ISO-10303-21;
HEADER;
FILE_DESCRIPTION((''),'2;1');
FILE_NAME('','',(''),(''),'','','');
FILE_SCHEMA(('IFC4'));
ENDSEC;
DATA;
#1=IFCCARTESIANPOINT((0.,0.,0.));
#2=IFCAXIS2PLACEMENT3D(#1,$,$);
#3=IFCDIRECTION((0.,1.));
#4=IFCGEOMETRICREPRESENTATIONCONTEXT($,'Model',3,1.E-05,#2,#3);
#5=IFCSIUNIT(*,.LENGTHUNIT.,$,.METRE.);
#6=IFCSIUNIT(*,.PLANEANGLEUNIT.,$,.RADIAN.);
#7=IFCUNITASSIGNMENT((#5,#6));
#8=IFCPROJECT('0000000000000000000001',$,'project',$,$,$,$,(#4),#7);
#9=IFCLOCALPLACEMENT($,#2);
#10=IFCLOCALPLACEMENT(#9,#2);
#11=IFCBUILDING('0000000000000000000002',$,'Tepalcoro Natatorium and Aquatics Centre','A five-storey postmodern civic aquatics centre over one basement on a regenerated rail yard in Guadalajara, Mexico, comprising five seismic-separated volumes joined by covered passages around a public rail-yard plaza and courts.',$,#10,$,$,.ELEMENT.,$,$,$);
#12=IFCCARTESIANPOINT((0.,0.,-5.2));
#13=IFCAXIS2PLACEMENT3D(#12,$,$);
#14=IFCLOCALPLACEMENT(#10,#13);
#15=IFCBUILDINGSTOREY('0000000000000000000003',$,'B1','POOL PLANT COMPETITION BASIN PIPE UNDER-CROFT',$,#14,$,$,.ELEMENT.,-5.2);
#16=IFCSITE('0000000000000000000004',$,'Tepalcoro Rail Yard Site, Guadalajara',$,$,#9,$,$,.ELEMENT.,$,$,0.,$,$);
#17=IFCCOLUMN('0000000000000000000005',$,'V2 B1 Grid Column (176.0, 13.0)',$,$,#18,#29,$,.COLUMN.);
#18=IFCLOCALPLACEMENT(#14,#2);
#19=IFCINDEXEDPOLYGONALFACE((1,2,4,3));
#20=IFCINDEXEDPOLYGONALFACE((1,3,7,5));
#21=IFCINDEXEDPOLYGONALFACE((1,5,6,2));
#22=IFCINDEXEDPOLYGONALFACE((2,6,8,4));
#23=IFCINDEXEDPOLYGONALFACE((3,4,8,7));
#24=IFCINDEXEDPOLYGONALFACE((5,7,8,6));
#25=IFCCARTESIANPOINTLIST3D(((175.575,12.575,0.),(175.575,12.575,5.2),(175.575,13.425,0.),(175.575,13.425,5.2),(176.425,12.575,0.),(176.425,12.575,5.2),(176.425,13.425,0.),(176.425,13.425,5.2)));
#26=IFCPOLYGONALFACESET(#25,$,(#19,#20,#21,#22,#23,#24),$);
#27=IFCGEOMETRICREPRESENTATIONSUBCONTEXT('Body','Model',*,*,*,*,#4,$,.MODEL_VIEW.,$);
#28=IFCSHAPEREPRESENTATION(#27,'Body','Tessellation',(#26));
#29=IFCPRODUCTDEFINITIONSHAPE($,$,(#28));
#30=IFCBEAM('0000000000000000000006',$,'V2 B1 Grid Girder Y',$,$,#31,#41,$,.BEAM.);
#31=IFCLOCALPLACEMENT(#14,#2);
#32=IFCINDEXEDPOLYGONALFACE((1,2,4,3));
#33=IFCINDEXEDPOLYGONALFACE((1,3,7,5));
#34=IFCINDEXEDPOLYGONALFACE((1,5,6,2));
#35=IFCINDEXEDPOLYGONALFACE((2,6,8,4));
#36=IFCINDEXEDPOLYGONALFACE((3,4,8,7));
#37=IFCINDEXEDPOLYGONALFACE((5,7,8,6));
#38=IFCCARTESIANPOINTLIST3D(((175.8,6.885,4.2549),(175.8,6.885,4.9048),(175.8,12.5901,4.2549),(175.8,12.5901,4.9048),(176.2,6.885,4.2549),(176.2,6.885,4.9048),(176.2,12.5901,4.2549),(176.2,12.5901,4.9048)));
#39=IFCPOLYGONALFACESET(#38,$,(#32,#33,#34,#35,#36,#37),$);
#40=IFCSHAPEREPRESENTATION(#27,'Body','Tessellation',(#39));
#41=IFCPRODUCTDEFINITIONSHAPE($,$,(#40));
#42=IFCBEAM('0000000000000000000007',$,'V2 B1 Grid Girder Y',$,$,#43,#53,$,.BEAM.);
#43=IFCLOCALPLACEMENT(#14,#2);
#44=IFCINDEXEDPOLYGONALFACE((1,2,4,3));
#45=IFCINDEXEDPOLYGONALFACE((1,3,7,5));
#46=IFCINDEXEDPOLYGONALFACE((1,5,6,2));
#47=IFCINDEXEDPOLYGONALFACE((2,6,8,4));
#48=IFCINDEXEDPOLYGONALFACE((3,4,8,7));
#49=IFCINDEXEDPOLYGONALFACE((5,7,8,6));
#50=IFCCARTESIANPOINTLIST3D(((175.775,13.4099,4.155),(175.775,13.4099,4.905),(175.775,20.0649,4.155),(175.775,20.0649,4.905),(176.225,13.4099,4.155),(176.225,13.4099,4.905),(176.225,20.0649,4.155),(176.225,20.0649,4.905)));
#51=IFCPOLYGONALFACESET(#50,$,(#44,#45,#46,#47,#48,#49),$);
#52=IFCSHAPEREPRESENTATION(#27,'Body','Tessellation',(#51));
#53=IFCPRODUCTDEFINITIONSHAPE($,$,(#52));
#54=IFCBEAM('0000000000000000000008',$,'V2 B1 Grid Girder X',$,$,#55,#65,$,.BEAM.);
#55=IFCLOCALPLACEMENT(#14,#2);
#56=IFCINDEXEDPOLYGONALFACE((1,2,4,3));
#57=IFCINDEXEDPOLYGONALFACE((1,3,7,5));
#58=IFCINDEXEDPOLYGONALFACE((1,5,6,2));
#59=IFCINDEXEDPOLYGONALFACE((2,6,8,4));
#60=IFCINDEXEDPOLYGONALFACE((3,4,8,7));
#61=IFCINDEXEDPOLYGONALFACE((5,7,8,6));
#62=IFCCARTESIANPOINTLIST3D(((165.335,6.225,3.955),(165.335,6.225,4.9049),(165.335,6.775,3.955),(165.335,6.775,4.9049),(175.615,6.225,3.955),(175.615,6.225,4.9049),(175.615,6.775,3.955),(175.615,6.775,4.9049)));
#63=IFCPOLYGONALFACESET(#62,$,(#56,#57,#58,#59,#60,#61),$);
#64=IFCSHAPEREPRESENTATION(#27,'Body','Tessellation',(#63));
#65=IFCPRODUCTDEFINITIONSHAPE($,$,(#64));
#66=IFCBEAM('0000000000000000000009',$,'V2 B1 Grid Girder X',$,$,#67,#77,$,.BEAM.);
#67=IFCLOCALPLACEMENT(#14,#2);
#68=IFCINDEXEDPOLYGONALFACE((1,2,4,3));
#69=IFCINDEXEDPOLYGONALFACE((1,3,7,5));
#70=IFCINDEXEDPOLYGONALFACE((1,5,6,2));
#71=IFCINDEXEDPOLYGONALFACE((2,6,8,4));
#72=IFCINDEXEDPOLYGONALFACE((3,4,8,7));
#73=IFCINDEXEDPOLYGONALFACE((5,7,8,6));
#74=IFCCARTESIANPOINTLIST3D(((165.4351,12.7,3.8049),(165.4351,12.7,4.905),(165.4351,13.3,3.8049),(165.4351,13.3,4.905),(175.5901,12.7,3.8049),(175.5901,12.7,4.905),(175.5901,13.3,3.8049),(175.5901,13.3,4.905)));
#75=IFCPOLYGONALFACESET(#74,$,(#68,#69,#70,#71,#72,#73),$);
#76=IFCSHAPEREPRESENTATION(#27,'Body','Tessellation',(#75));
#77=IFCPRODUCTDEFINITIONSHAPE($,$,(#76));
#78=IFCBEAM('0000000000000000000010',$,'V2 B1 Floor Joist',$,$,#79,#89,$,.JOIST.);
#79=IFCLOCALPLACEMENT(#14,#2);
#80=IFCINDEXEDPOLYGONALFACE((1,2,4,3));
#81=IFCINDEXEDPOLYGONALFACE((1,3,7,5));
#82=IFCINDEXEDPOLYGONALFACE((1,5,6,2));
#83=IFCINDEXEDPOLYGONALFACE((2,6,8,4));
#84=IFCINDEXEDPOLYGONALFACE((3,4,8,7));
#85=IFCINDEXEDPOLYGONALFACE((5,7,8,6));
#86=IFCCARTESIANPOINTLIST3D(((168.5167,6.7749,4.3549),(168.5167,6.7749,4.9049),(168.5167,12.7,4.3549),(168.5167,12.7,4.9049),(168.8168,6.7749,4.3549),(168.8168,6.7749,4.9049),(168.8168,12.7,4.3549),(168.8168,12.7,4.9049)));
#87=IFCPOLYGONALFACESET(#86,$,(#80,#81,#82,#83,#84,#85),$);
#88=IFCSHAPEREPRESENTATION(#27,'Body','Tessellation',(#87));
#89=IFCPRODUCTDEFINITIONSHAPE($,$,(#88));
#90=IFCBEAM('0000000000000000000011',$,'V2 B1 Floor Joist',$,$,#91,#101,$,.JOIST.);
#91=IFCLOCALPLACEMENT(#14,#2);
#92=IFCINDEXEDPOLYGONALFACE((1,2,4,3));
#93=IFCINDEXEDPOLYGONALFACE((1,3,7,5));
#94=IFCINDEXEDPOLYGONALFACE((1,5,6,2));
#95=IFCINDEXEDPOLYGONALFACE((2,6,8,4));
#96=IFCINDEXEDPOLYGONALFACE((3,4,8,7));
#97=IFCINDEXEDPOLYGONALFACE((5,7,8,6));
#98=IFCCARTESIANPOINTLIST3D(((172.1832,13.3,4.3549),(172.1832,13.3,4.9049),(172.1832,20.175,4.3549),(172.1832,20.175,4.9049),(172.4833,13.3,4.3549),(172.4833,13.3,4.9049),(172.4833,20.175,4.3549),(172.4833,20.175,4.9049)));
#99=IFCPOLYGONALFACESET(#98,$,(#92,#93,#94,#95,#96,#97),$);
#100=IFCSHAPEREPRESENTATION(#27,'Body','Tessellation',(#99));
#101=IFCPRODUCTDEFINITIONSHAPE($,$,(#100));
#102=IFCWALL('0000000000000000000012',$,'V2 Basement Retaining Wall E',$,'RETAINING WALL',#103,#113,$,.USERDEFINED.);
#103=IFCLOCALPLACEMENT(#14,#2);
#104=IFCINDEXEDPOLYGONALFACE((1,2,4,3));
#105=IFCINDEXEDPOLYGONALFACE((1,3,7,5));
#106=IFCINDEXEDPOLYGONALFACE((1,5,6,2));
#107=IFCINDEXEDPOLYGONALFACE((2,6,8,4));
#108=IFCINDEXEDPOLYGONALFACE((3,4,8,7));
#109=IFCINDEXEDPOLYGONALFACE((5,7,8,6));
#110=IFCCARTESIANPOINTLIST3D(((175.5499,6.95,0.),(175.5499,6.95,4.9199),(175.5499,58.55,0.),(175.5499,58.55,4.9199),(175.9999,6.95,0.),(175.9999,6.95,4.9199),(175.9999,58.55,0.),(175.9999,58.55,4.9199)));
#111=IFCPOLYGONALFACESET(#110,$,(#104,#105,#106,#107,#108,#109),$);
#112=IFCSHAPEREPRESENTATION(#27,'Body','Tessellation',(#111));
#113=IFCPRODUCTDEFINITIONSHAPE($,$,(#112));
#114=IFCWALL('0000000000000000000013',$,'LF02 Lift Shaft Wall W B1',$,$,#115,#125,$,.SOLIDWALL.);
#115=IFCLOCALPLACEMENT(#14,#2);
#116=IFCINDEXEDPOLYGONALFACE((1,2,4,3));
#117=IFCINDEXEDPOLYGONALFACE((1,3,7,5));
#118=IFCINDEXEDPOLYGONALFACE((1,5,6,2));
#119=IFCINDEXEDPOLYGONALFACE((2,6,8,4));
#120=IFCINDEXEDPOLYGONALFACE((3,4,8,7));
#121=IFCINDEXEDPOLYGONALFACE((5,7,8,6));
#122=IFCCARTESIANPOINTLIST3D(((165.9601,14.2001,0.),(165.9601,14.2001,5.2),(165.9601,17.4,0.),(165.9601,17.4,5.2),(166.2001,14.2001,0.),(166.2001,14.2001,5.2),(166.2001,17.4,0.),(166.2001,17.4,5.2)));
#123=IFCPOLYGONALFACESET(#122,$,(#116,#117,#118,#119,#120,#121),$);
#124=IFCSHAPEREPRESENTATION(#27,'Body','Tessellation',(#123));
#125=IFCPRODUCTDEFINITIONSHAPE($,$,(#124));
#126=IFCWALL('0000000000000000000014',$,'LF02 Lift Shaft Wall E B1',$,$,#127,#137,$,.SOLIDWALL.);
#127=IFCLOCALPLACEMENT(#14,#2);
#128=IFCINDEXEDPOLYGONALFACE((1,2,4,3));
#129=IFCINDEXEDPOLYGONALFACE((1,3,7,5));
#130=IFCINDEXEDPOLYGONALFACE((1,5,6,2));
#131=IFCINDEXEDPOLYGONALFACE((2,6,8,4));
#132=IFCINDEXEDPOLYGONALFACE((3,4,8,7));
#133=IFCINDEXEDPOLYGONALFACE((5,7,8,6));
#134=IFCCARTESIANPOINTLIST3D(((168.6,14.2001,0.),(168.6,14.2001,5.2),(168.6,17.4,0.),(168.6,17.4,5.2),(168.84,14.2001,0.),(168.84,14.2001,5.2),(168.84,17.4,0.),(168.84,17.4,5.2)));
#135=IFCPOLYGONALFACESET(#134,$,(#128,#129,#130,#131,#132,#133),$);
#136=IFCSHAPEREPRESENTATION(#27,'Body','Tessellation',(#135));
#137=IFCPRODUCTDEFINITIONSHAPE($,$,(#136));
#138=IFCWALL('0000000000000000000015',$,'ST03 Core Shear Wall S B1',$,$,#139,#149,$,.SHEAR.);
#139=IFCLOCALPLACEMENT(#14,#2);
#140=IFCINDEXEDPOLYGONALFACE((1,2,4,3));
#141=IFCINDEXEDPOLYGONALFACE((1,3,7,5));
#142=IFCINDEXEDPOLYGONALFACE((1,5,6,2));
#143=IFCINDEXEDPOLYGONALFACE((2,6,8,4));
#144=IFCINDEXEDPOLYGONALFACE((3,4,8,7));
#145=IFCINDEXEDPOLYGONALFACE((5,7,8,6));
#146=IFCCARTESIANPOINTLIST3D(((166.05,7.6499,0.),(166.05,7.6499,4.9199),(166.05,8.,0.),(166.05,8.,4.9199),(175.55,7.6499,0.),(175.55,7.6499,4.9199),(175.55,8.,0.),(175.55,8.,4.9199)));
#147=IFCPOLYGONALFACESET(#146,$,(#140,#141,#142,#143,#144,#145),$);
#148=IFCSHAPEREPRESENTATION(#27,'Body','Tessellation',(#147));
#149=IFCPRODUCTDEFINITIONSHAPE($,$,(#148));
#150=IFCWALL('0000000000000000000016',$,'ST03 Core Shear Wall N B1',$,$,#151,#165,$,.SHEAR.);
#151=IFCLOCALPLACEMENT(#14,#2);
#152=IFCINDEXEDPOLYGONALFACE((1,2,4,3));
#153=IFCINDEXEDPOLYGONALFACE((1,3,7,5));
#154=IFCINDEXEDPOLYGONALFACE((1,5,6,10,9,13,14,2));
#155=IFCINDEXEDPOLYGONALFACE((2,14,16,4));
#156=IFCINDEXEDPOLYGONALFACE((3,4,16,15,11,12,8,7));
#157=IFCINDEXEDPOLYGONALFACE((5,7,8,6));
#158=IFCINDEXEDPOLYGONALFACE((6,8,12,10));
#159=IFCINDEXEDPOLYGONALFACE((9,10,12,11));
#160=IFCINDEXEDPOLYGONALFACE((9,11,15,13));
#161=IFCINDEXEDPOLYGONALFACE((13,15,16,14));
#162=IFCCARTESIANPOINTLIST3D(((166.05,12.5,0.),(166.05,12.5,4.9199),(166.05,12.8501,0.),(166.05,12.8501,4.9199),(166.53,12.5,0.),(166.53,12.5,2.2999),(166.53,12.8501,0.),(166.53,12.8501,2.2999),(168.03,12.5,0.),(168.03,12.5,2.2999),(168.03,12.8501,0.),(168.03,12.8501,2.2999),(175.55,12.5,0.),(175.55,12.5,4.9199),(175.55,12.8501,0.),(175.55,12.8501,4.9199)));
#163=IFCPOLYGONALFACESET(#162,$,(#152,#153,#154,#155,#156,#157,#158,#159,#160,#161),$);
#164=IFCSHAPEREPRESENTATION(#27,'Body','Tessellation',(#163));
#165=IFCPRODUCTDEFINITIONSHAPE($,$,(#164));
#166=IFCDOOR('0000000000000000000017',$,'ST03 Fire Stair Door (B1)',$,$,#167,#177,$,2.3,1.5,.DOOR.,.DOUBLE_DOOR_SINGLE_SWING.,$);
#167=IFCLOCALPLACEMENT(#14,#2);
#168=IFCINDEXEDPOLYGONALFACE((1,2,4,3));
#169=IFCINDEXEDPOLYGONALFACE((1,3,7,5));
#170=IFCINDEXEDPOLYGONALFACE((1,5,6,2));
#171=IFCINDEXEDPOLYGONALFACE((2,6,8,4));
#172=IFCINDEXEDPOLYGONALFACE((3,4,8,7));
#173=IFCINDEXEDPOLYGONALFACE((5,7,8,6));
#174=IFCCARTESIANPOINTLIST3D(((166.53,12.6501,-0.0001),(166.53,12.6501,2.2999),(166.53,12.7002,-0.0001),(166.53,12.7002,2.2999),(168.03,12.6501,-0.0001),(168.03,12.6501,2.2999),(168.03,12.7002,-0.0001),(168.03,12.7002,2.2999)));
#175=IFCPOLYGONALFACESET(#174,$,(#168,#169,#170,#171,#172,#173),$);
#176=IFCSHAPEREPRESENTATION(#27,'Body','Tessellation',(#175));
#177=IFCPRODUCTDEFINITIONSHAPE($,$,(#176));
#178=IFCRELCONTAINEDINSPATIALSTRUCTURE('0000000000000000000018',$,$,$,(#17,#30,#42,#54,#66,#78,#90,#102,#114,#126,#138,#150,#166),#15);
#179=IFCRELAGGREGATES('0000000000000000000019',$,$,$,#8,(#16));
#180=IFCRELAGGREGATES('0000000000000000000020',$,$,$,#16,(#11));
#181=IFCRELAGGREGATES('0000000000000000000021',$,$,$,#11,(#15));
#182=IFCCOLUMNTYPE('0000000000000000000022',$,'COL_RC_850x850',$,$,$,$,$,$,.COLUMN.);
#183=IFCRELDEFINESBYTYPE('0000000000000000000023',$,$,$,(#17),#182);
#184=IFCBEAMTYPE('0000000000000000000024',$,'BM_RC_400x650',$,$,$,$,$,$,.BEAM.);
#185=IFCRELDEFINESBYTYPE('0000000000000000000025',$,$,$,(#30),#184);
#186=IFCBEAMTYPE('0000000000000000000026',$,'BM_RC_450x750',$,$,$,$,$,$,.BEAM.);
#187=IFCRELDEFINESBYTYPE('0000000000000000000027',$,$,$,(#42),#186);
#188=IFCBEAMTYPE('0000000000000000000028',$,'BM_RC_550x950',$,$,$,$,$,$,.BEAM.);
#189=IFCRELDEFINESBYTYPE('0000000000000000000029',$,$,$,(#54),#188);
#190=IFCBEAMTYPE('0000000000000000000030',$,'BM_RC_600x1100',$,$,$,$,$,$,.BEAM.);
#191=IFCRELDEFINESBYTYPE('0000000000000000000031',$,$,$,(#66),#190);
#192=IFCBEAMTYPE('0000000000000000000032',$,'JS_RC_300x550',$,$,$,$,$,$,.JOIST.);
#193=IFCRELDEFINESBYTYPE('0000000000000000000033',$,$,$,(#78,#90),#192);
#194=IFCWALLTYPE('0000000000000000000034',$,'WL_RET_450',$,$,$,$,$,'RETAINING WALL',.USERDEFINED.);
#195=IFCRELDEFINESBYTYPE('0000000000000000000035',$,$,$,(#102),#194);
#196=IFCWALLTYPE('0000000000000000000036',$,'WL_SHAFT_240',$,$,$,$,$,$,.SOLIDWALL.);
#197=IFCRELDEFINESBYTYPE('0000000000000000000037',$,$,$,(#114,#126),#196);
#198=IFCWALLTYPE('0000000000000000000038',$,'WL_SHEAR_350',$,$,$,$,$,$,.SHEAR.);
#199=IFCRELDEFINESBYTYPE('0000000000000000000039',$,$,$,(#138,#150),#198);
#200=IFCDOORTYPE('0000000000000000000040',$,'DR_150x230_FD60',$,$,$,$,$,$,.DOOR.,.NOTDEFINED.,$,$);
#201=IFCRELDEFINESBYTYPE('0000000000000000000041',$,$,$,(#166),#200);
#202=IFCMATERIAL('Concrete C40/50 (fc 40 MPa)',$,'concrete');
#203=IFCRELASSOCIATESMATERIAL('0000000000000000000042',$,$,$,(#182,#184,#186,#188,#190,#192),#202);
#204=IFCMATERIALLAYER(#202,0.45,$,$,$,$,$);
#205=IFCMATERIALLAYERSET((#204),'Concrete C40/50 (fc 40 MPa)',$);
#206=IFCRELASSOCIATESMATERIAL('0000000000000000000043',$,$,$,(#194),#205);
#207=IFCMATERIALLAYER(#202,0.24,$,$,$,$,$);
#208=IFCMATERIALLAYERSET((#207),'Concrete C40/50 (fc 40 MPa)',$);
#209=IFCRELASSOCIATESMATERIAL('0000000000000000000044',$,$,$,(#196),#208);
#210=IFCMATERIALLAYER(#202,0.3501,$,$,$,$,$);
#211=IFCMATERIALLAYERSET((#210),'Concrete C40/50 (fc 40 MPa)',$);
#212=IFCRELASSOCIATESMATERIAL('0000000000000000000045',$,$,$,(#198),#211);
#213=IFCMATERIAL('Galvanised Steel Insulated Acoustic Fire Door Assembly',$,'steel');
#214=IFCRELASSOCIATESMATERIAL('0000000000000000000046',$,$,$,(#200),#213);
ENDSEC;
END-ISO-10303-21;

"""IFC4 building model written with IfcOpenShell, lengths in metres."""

from ifc_helpers import new_model, si_unit, direction, frame, frame_2d, origin, origin_2d, place, context, subcontext, project, spatial, rectangle, extrude, material, layer, layer_set, material_profile, profile_set, type_object, element, fill, save


model = new_model("IFC4")

# Units and contexts
model_context = context("Model", 3, precision=1e-05, world=origin(), true_north=direction((0.0, 1.0)))
body_context = subcontext(model_context, "Body", "Model", "MODEL_VIEW")
ifc_project = project(units=[si_unit("LENGTHUNIT", "METRE"), si_unit("PLANEANGLEUNIT", "RADIAN")], contexts=[model_context])

# Site, building, storey
site_placement = place(None, origin())
site = spatial("IfcSite", under=ifc_project, at=site_placement, Name="Tepalcoro Rail Yard Site, Guadalajara", CompositionType="ELEMENT", RefElevation=0.0)
building_placement = place(site_placement, origin())
building = spatial("IfcBuilding", under=site, at=building_placement, Name="Tepalcoro Natatorium and Aquatics Centre", Description="A five-storey postmodern civic aquatics centre over one basement on a regenerated rail yard in Guadalajara, Mexico, comprising five seismic-separated volumes joined by covered passages around a public rail-yard plaza and courts.", CompositionType="ELEMENT")
storey_placement = place(building_placement, frame((0.0, 0.0, -5.2)))
storey = spatial("IfcBuildingStorey", under=building, at=storey_placement, Name="B1", Description="POOL PLANT COMPETITION BASIN PIPE UNDER-CROFT", CompositionType="ELEMENT", Elevation=-5.2)

# Shared definitions
ifc_material_1 = material(Name="Concrete C40/50 (fc 40 MPa)", Category="concrete")

# Column
ifc_material_profile_1 = material_profile(ifc_material_1, rectangle(XDim=0.8501, YDim=0.8501, at=origin_2d()), Name="RC850x850")
ifc_profile_set_1 = profile_set([ifc_material_profile_1], Name="Concrete C40/50 (fc 40 MPa)")
column_type_1 = type_object("IfcColumnType", Name="COL_RC_850x850", PredefinedType="COLUMN", material=ifc_profile_set_1)
column_1_placement = place(storey_placement, frame((176.0, 13.0, 0.0), z_axis=(0.0, 0.0, 1.0), x_axis=(1.0, 0.0, 0.0)))
element("IfcColumn", 1, at=column_1_placement, inside=storey, type_object=column_type_1, Name="V2 B1 Grid Column (176.0, 13.0)", PredefinedType="COLUMN", context=body_context, shape_type="SweptSolid", body=[
    extrude(rectangle(XDim=0.8501, YDim=0.8501, at=origin_2d()), origin(), (0.0, 0.0, 1.0), 5.2),
])

# Beams
ifc_material_profile_2 = material_profile(ifc_material_1, rectangle(XDim=0.3999, YDim=0.6499, at=origin_2d()), Name="RCB400x650")
ifc_profile_set_2 = profile_set([ifc_material_profile_2], Name="Concrete C40/50 (fc 40 MPa)")
beam_type_1 = type_object("IfcBeamType", Name="BM_RC_400x650", PredefinedType="BEAM", material=ifc_profile_set_2)
beam_1_placement = place(storey_placement, frame((176.0, 6.885, 4.5798), z_axis=(0.0, 1.0, 0.0), x_axis=(-1.0, 0.0, 0.0)))
element("IfcBeam", 2, at=beam_1_placement, inside=storey, type_object=beam_type_1, Name="V2 B1 Grid Girder Y", PredefinedType="BEAM", context=body_context, shape_type="SweptSolid", body=[
    extrude(rectangle(XDim=0.3999, YDim=0.6499, at=origin_2d()), origin(), (0.0, 0.0, 1.0), 5.7051),
])
ifc_material_profile_3 = material_profile(ifc_material_1, rectangle(XDim=0.45, YDim=0.75, at=origin_2d()), Name="RCB450x750")
ifc_profile_set_3 = profile_set([ifc_material_profile_3], Name="Concrete C40/50 (fc 40 MPa)")
beam_type_2 = type_object("IfcBeamType", Name="BM_RC_450x750", PredefinedType="BEAM", material=ifc_profile_set_3)
beam_2_placement = place(storey_placement, frame((176.0, 13.4099, 4.53), z_axis=(0.0, 1.0, 0.0), x_axis=(-1.0, 0.0, 0.0)))
element("IfcBeam", 3, at=beam_2_placement, inside=storey, type_object=beam_type_2, Name="V2 B1 Grid Girder Y", PredefinedType="BEAM", context=body_context, shape_type="SweptSolid", body=[
    extrude(rectangle(XDim=0.45, YDim=0.75, at=origin_2d()), origin(), (0.0, 0.0, 1.0), 6.655),
])
ifc_material_profile_4 = material_profile(ifc_material_1, rectangle(XDim=0.55, YDim=0.95, at=origin_2d()), Name="RCB550x950")
ifc_profile_set_4 = profile_set([ifc_material_profile_4], Name="Concrete C40/50 (fc 40 MPa)")
beam_type_3 = type_object("IfcBeamType", Name="BM_RC_550x950", PredefinedType="BEAM", material=ifc_profile_set_4)
beam_3_placement = place(storey_placement, frame((165.335, 6.5, 4.4299), z_axis=(1.0, 0.0, 0.0), x_axis=(0.0, 1.0, 0.0)))
element("IfcBeam", 4, at=beam_3_placement, inside=storey, type_object=beam_type_3, Name="V2 B1 Grid Girder X", PredefinedType="BEAM", context=body_context, shape_type="SweptSolid", body=[
    extrude(rectangle(XDim=0.55, YDim=0.95, at=origin_2d()), origin(), (0.0, 0.0, 1.0), 10.28),
])
ifc_material_profile_5 = material_profile(ifc_material_1, rectangle(XDim=0.6001, YDim=1.1001, at=origin_2d()), Name="RCB600x1100")
ifc_profile_set_5 = profile_set([ifc_material_profile_5], Name="Concrete C40/50 (fc 40 MPa)")
beam_type_4 = type_object("IfcBeamType", Name="BM_RC_600x1100", PredefinedType="BEAM", material=ifc_profile_set_5)
beam_4_placement = place(storey_placement, frame((165.4351, 13.0, 4.355), z_axis=(1.0, 0.0, 0.0), x_axis=(0.0, 1.0, 0.0)))
element("IfcBeam", 5, at=beam_4_placement, inside=storey, type_object=beam_type_4, Name="V2 B1 Grid Girder X", PredefinedType="BEAM", context=body_context, shape_type="SweptSolid", body=[
    extrude(rectangle(XDim=0.6001, YDim=1.1001, at=origin_2d()), origin(), (0.0, 0.0, 1.0), 10.155),
])
ifc_material_profile_6 = material_profile(ifc_material_1, rectangle(XDim=0.3, YDim=0.55, at=origin_2d()), Name="RCJ300x550")
ifc_profile_set_6 = profile_set([ifc_material_profile_6], Name="Concrete C40/50 (fc 40 MPa)")
beam_type_5 = type_object("IfcBeamType", Name="JS_RC_300x550", PredefinedType="JOIST", material=ifc_profile_set_6)
beam_5_placement = place(storey_placement, frame((168.6667, 6.7749, 4.6299), z_axis=(0.0, 1.0, 0.0), x_axis=(-1.0, 0.0, 0.0)))
element("IfcBeam", 6, at=beam_5_placement, inside=storey, type_object=beam_type_5, Name="V2 B1 Floor Joist", PredefinedType="JOIST", context=body_context, shape_type="SweptSolid", body=[
    extrude(rectangle(XDim=0.3, YDim=0.55, at=origin_2d()), origin(), (0.0, 0.0, 1.0), 5.925),
])
beam_6_placement = place(storey_placement, frame((172.3333, 13.3, 4.6299), z_axis=(0.0, 1.0, 0.0), x_axis=(-1.0, 0.0, 0.0)))
element("IfcBeam", 7, at=beam_6_placement, inside=storey, type_object=beam_type_5, Name="V2 B1 Floor Joist", PredefinedType="JOIST", context=body_context, shape_type="SweptSolid", body=[
    extrude(rectangle(XDim=0.3, YDim=0.55, at=origin_2d()), origin(), (0.0, 0.0, 1.0), 6.875),
])

# Walls
ifc_layer_1 = layer(ifc_material_1, 0.45)
ifc_layer_set_1 = layer_set([ifc_layer_1], Name="Concrete C40/50 (fc 40 MPa)")
wall_type_1 = type_object("IfcWallType", Name="WL_RET_450", ElementType="RETAINING WALL", PredefinedType="USERDEFINED", material=ifc_layer_set_1)
wall_1_placement = place(storey_placement, frame((175.7749, 6.95, 0.0), z_axis=(0.0, 0.0, 1.0), x_axis=(0.0, 1.0, 0.0)))
element("IfcWall", 8, at=wall_1_placement, inside=storey, type_object=wall_type_1, Name="V2 Basement Retaining Wall E", ObjectType="RETAINING WALL", PredefinedType="USERDEFINED", context=body_context, shape_type="SweptSolid", body=[
    extrude(rectangle(XDim=51.6001, YDim=0.45, at=frame_2d((25.8, 0.0))), origin(), (0.0, 0.0, 1.0), 4.9199),
])
ifc_layer_2 = layer(ifc_material_1, 0.24)
ifc_layer_set_2 = layer_set([ifc_layer_2], Name="Concrete C40/50 (fc 40 MPa)")
wall_type_2 = type_object("IfcWallType", Name="WL_SHAFT_240", PredefinedType="SOLIDWALL", material=ifc_layer_set_2)
for number, where, z_axis, x_axis, name in (
    (9, (166.0801, 14.2, 0.0), (0.0, 0.0, 1.0), (0.0, 1.0, 0.0), "LF02 Lift Shaft Wall W B1"),
    (10, (168.72, 14.2, 0.0), (0.0, 0.0, 1.0), (0.0, 1.0, 0.0), "LF02 Lift Shaft Wall E B1"),
):
    element("IfcWall", number, at=place(storey_placement, frame(where, z_axis=z_axis, x_axis=x_axis)), inside=storey, type_object=wall_type_2, Name=name, PredefinedType="SOLIDWALL", context=body_context, shape_type="SweptSolid", body=[
        extrude(rectangle(XDim=3.2, YDim=0.24, at=frame_2d((1.6001, 0.0))), origin(), (0.0, 0.0, 1.0), 5.2),
    ])
ifc_layer_3 = layer(ifc_material_1, 0.3501)
ifc_layer_set_3 = layer_set([ifc_layer_3], Name="Concrete C40/50 (fc 40 MPa)")
wall_type_3 = type_object("IfcWallType", Name="WL_SHEAR_350", PredefinedType="SHEAR", material=ifc_layer_set_3)
wall_2_placement = place(storey_placement, frame((166.05, 7.825, 0.0), z_axis=(0.0, 0.0, 1.0), x_axis=(1.0, 0.0, 0.0)))
element("IfcWall", 11, at=wall_2_placement, inside=storey, type_object=wall_type_3, Name="ST03 Core Shear Wall S B1", PredefinedType="SHEAR", context=body_context, shape_type="SweptSolid", body=[
    extrude(rectangle(XDim=9.5, YDim=0.3501, at=frame_2d((4.75, 0.0))), origin(), (0.0, 0.0, 1.0), 4.9199),
])

# Wall, opening, door
wall_3_placement = place(storey_placement, frame((166.05, 12.675, 0.0), z_axis=(0.0, 0.0, 1.0), x_axis=(1.0, 0.0, 0.0)))
wall_3 = element("IfcWall", 12, at=wall_3_placement, inside=storey, type_object=wall_type_3, Name="ST03 Core Shear Wall N B1", PredefinedType="SHEAR", context=body_context, shape_type="SweptSolid", body=[
    extrude(rectangle(XDim=9.5, YDim=0.3501, at=frame_2d((4.75, 0.0))), origin(), (0.0, 0.0, 1.0), 4.9199),
])
opening_placement = place(wall_3_placement, frame((0.48, 0.0, 0.0)))
opening = element("IfcOpeningElement", 13, at=opening_placement, cuts=wall_3, PredefinedType="OPENING", context=body_context, shape_type="SweptSolid", body=[
    extrude(rectangle(XDim=1.5, YDim=2.3, at=frame_2d((0.75, 1.1499))), frame((0.0, 0.187, 0.0), z_axis=(0.0, -1.0, 0.0), x_axis=(1.0, 0.0, 0.0)), (0.0, 0.0, 1.0), 0.374),
])
ifc_material_2 = material(Name="Galvanised Steel Insulated Acoustic Fire Door Assembly", Category="steel")
door_type = type_object("IfcDoorType", Name="DR_150x230_FD60", OperationType="NOTDEFINED", PredefinedType="DOOR", material=ifc_material_2)
door_placement = place(opening_placement, frame((1.5, 0.0, 0.0), z_axis=(0.0, 0.0, 1.0), x_axis=(-1.0, 0.0, 0.0)))
door = element("IfcDoor", 14, at=door_placement, inside=storey, type_object=door_type, Name="ST03 Fire Stair Door (B1)", OperationType="DOUBLE_DOOR_SINGLE_SWING", OverallHeight=2.3, OverallWidth=1.5, PredefinedType="DOOR", context=body_context, shape_type="SweptSolid", body=[
    extrude(rectangle(XDim=1.5, YDim=2.3, at=frame_2d((0.75, 1.1499))), frame((0.0, 0.0249, 0.0), z_axis=(0.0, -1.0, 0.0), x_axis=(1.0, 0.0, 0.0)), (0.0, 0.0, 1.0), 0.05),
])
fill(opening, door)

save(model, "model.ifc")
